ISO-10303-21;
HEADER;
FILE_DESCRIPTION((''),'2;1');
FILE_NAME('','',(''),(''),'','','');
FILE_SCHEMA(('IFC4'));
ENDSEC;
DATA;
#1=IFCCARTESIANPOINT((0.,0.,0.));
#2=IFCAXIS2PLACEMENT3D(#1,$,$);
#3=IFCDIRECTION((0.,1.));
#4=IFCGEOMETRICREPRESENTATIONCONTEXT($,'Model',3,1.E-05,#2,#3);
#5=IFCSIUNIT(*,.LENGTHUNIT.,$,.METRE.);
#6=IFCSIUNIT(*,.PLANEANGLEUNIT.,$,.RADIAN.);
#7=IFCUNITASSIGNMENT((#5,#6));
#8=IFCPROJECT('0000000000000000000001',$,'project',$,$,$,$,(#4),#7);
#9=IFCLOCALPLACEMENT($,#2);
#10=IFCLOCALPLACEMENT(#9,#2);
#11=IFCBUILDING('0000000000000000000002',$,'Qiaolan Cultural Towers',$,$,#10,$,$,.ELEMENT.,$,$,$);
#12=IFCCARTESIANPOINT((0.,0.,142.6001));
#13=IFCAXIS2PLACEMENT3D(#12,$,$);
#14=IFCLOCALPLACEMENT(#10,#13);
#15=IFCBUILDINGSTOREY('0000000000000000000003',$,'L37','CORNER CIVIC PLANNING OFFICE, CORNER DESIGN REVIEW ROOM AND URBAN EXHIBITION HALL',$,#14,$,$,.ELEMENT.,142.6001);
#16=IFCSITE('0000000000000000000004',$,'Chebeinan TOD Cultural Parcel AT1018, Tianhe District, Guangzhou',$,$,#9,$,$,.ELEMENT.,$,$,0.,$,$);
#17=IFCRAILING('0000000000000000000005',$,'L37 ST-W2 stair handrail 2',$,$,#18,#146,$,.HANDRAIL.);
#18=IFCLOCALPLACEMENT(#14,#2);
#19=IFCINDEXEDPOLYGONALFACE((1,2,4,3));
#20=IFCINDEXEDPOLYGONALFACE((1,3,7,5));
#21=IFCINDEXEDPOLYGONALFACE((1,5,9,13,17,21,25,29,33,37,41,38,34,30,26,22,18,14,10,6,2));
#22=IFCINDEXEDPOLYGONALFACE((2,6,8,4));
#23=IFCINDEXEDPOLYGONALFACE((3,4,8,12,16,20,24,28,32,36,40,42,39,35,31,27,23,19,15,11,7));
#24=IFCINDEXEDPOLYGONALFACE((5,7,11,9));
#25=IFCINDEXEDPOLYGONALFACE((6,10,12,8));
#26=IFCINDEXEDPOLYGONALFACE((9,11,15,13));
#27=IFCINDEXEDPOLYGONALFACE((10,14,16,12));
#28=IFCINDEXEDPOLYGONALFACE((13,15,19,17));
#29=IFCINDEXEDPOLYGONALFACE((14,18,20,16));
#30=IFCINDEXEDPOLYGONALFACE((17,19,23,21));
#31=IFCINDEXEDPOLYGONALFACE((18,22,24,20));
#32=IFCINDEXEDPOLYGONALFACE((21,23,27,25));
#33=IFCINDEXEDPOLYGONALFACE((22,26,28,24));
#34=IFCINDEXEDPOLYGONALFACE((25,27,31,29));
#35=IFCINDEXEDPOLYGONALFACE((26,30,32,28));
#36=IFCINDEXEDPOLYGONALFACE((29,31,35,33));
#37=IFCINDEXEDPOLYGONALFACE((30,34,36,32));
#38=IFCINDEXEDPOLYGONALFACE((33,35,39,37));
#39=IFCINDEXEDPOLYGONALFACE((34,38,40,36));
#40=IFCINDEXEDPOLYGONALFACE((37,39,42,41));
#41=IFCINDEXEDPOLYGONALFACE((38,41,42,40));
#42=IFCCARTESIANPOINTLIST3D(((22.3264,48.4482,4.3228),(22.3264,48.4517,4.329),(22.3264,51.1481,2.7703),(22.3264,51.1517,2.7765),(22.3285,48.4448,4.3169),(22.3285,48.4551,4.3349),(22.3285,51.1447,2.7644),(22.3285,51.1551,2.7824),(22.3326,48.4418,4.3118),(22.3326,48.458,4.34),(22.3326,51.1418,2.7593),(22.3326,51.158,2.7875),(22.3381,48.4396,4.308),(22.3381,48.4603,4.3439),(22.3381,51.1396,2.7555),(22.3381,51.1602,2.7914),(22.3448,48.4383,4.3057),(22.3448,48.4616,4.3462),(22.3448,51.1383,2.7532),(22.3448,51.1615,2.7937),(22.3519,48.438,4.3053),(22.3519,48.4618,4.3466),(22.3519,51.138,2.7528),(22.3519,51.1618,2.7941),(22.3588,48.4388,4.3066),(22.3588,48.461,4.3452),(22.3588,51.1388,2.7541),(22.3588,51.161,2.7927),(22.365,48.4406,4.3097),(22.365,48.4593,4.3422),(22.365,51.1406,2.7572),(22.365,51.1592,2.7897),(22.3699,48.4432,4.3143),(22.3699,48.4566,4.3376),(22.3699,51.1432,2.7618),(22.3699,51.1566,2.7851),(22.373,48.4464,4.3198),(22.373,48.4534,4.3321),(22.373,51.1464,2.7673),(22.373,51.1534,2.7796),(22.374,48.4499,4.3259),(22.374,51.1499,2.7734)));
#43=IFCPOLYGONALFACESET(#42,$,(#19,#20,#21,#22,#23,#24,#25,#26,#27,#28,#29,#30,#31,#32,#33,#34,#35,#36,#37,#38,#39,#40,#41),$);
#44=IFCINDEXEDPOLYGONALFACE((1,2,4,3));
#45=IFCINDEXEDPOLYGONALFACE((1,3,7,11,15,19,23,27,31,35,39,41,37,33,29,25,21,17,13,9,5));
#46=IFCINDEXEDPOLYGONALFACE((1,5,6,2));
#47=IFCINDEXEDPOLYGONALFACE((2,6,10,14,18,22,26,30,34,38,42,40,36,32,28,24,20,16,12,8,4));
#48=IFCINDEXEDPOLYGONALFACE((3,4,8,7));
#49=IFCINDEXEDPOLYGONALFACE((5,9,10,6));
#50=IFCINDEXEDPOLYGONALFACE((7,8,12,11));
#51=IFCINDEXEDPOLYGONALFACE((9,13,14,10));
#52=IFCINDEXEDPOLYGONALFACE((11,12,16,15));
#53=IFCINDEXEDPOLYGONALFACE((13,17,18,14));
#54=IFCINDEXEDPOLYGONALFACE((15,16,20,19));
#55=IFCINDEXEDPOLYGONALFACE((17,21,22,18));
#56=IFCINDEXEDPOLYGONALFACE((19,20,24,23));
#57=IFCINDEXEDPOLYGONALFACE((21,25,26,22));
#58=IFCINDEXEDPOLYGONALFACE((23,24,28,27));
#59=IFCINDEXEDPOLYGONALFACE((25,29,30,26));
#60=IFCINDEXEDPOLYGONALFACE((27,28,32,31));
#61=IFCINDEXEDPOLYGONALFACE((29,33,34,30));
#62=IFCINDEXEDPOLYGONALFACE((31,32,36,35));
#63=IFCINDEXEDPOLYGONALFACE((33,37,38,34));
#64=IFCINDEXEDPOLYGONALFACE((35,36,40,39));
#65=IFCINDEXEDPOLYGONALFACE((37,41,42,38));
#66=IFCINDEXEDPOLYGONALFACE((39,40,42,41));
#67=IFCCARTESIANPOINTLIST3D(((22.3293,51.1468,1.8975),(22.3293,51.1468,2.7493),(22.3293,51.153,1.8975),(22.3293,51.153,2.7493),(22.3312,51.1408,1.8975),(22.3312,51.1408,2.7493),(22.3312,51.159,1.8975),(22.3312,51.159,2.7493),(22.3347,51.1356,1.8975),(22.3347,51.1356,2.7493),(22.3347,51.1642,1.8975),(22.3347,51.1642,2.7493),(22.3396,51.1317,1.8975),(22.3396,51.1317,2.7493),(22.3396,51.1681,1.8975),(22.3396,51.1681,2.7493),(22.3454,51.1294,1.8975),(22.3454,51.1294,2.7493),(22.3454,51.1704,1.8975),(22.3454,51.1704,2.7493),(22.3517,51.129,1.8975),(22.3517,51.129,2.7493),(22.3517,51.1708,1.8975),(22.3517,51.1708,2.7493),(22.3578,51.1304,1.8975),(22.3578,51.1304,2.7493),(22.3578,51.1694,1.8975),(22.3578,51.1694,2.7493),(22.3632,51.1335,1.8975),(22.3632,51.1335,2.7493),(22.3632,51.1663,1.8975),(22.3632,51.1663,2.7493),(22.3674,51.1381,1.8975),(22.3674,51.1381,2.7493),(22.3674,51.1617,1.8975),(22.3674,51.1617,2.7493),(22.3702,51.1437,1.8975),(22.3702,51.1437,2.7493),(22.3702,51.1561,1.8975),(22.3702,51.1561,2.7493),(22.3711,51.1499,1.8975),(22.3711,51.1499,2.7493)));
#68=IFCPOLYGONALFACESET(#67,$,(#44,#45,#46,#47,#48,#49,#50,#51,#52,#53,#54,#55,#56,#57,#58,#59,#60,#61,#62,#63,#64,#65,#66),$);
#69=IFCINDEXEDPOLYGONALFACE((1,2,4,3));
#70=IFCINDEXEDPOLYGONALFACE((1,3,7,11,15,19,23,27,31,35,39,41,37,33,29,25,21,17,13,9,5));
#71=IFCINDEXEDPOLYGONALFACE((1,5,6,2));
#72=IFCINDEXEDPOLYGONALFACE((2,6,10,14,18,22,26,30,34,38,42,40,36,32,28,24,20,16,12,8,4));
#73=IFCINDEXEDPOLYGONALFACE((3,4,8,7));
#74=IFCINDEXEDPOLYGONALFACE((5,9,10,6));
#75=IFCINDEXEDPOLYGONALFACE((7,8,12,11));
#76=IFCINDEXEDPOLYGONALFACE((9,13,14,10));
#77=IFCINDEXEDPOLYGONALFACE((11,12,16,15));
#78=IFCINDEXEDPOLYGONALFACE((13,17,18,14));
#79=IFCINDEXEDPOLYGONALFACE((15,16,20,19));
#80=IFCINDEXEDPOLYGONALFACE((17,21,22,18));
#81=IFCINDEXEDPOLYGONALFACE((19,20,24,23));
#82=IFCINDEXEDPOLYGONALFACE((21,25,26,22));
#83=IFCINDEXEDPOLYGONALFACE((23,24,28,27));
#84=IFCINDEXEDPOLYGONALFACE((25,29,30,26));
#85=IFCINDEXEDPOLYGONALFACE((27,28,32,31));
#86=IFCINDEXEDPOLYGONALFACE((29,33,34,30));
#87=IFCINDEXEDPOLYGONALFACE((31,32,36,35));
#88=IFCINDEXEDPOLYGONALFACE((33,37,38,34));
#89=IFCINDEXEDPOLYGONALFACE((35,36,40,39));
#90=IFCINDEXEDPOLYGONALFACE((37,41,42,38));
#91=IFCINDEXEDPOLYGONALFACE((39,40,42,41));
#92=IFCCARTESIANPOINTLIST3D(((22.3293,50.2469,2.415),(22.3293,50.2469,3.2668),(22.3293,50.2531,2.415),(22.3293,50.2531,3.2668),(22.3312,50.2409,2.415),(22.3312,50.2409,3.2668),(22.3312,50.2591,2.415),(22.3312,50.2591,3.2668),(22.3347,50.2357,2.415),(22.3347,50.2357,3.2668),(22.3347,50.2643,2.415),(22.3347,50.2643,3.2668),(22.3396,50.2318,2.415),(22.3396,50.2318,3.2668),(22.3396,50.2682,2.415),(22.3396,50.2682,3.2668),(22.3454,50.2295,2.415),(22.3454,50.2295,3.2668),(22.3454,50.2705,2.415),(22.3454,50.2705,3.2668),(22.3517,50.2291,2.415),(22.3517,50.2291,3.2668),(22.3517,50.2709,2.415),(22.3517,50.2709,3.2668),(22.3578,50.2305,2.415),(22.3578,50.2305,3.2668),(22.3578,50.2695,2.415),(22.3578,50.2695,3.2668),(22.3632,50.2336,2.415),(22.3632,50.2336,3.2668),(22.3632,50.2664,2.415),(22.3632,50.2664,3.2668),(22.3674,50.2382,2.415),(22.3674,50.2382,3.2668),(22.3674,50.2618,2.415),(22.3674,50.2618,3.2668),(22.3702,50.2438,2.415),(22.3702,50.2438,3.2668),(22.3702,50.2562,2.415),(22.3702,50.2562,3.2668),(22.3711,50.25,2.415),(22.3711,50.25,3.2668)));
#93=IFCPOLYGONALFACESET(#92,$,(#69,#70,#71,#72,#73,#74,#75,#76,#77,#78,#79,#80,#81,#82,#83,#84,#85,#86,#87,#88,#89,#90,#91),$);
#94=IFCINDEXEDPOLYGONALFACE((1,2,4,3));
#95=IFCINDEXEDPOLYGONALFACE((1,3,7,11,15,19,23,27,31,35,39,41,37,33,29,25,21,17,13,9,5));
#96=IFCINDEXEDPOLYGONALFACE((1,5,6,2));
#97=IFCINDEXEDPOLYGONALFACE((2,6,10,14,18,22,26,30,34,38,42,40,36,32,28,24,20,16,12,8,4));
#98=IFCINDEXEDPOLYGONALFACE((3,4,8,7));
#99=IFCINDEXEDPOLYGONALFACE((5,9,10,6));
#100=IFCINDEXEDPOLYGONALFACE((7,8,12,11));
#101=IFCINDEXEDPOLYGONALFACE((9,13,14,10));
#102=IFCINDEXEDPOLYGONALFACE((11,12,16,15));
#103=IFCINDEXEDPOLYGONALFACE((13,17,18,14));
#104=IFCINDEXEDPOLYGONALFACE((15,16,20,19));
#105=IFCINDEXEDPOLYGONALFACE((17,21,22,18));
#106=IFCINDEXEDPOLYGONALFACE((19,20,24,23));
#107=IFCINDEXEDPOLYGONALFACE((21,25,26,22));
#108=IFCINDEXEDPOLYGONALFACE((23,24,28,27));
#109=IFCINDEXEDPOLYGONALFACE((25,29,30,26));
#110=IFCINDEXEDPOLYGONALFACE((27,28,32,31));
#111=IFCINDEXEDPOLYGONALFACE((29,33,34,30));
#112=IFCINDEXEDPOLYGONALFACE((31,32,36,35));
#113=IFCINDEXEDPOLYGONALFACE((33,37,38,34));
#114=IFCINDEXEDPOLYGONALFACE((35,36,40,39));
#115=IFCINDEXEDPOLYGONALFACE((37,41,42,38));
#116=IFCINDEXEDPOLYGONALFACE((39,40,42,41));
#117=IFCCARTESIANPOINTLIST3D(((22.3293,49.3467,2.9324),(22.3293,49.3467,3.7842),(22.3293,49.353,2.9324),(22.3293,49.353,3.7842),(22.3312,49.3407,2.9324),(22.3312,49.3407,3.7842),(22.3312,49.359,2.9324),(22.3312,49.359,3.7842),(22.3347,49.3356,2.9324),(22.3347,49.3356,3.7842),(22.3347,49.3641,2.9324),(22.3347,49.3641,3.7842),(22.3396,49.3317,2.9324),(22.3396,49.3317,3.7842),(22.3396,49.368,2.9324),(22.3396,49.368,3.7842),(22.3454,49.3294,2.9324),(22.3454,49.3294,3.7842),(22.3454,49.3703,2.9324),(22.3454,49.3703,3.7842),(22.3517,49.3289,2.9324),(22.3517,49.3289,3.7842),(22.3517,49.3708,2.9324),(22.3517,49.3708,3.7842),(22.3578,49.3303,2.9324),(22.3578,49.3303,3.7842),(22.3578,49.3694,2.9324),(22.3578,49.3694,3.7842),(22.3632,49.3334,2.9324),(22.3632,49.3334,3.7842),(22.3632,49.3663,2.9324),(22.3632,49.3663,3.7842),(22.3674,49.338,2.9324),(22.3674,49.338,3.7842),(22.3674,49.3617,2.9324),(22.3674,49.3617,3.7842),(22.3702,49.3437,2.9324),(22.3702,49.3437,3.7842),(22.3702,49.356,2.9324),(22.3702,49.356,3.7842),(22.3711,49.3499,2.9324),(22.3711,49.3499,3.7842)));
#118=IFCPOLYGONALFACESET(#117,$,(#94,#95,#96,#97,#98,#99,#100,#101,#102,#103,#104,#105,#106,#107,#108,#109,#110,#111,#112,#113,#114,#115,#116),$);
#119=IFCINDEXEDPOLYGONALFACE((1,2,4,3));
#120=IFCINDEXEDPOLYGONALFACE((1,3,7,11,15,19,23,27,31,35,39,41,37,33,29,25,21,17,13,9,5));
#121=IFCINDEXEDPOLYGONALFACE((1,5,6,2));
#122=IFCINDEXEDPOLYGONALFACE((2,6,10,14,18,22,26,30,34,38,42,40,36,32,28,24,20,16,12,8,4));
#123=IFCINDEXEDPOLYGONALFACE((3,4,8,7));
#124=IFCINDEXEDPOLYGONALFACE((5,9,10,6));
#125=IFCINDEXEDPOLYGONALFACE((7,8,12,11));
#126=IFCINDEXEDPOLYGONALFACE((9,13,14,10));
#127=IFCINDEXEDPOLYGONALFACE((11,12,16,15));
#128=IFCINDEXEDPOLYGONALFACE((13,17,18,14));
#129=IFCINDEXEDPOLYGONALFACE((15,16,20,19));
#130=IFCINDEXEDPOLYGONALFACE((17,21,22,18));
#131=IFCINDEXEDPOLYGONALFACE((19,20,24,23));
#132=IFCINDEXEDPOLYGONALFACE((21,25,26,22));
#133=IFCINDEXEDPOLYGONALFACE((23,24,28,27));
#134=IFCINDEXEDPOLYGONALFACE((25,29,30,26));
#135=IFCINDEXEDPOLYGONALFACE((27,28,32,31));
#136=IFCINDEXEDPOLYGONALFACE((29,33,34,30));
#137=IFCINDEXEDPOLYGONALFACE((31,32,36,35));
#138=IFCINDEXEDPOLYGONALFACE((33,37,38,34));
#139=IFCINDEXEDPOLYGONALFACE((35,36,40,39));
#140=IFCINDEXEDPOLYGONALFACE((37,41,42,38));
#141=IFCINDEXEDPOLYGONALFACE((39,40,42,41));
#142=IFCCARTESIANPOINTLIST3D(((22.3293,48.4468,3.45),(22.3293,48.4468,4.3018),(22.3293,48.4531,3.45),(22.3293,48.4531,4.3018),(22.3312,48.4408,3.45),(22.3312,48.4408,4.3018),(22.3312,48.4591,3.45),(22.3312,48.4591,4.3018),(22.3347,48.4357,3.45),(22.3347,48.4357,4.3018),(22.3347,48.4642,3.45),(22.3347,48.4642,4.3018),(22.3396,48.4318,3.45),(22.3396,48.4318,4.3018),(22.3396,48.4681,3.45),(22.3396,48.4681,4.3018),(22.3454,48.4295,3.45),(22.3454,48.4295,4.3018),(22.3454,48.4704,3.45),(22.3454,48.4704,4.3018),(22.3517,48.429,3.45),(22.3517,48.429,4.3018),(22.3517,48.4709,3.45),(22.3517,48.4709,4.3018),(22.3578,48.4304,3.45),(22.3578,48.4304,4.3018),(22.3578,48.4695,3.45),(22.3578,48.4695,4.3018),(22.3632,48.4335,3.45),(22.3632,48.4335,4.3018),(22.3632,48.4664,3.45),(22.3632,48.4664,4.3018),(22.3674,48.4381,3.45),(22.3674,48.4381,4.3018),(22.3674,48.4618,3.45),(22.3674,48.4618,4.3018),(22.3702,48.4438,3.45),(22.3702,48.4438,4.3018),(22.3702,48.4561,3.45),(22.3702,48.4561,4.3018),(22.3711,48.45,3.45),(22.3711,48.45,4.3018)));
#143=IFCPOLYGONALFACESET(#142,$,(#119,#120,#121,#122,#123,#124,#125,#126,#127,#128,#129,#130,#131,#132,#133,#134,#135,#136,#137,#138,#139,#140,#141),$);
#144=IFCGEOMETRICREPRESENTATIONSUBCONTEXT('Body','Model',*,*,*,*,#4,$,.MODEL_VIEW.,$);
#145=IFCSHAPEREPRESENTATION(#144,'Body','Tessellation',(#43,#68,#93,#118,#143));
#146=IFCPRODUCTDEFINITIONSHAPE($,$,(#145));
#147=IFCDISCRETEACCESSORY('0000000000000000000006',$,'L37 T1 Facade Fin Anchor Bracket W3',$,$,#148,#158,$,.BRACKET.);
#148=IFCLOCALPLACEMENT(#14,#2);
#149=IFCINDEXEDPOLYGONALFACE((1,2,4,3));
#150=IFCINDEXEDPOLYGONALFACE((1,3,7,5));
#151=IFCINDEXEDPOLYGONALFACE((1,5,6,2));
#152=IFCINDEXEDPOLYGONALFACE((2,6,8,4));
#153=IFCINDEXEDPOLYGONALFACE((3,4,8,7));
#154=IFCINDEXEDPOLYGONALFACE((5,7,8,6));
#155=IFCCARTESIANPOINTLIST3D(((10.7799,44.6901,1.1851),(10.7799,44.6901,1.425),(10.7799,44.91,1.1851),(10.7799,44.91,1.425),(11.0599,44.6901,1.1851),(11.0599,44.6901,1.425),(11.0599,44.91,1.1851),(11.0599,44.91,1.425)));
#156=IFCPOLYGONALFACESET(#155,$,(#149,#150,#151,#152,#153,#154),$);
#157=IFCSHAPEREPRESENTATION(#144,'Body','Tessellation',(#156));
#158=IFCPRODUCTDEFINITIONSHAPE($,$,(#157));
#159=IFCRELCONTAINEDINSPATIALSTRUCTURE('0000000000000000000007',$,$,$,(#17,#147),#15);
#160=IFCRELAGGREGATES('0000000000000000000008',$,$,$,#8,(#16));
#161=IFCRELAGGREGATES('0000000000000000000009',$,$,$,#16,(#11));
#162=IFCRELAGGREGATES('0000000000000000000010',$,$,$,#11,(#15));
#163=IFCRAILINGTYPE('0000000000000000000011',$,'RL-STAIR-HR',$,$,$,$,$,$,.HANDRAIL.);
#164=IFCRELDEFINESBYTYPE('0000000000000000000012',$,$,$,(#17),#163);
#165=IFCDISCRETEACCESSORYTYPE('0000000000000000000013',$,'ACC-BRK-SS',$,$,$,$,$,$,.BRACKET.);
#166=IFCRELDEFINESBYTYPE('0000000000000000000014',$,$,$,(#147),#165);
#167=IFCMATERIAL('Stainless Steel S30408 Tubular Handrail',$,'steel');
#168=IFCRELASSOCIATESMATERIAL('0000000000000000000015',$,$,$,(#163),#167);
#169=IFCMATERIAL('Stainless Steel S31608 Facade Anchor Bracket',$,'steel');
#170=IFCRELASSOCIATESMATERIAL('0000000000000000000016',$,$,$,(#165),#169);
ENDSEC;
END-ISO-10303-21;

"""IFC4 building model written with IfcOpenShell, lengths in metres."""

from ifc_helpers import new_model, si_unit, direction, frame, origin, origin_2d, place, context, subcontext, project, spatial, rectangle, circle, extrude, material, type_object, element, save


model = new_model("IFC4")

# Units and contexts
model_context = context("Model", 3, precision=1e-05, world=origin(), true_north=direction((0.0, 1.0)))
body_context = subcontext(model_context, "Body", "Model", "MODEL_VIEW")
ifc_project = project(units=[si_unit("LENGTHUNIT", "METRE"), si_unit("PLANEANGLEUNIT", "RADIAN")], contexts=[model_context])

# Site, building, storey
site_placement = place(None, origin())
site = spatial("IfcSite", under=ifc_project, at=site_placement, Name="Chebeinan TOD Cultural Parcel AT1018, Tianhe District, Guangzhou", CompositionType="ELEMENT", RefElevation=0.0)
building_placement = place(site_placement, origin())
building = spatial("IfcBuilding", under=site, at=building_placement, Name="Qiaolan Cultural Towers", CompositionType="ELEMENT")
storey_placement = place(building_placement, frame((0.0, 0.0, 142.6001)))
storey = spatial("IfcBuildingStorey", under=building, at=storey_placement, Name="L37", Description="CORNER CIVIC PLANNING OFFICE, CORNER DESIGN REVIEW ROOM AND URBAN EXHIBITION HALL", CompositionType="ELEMENT", Elevation=142.6001)

# Railing
ifc_material_1 = material(Name="Stainless Steel S30408 Tubular Handrail", Category="steel")
railing_type_1 = type_object("IfcRailingType", Name="RL-STAIR-HR", PredefinedType="HANDRAIL", material=ifc_material_1)
railing_1_placement = place(storey_placement, frame((22.3501, 51.1499, 1.8975)))
element("IfcRailing", 1, at=railing_1_placement, inside=storey, type_object=railing_type_1, Name="L37 ST-W2 stair handrail 2", PredefinedType="HANDRAIL", context=body_context, shape_type="SweptSolid", body=[
    extrude(circle(Radius=0.0239, at=origin_2d()), frame((0.0, 0.0, 0.876), z_axis=(0.0, -0.866904, 0.498476), x_axis=(1.0, 0.0, 0.0)), (0.0, 0.0, 1.0), 3.1145),
    extrude(circle(Radius=0.021, at=origin_2d()), origin(), (0.0, 0.0, 1.0), 0.8518),
    extrude(circle(Radius=0.021, at=origin_2d()), frame((0.0, -0.8999, 0.5176)), (0.0, 0.0, 1.0), 0.8518),
    extrude(circle(Radius=0.021, at=origin_2d()), frame((0.0, -1.8, 1.0349)), (0.0, 0.0, 1.0), 0.8518),
    extrude(circle(Radius=0.021, at=origin_2d()), frame((0.0, -2.7, 1.5525)), (0.0, 0.0, 1.0), 0.8518),
])

# Discrete accessory
ifc_material_2 = material(Name="Stainless Steel S31608 Facade Anchor Bracket", Category="steel")
discrete_accessory_type = type_object("IfcDiscreteAccessoryType", Name="ACC-BRK-SS", PredefinedType="BRACKET", material=ifc_material_2)
discrete_accessory_placement = place(storey_placement, frame((10.9199, 44.8, 1.1851), z_axis=(0.0, 0.0, 1.0), x_axis=(1.0, 0.0, 0.0)))
element("IfcDiscreteAccessory", 2, at=discrete_accessory_placement, inside=storey, type_object=discrete_accessory_type, Name="L37 T1 Facade Fin Anchor Bracket W3", PredefinedType="BRACKET", context=body_context, shape_type="SweptSolid", body=[
    extrude(rectangle(XDim=0.28, YDim=0.22, at=origin_2d()), origin(), (0.0, 0.0, 1.0), 0.24),
])

save(model, "model.ifc")
